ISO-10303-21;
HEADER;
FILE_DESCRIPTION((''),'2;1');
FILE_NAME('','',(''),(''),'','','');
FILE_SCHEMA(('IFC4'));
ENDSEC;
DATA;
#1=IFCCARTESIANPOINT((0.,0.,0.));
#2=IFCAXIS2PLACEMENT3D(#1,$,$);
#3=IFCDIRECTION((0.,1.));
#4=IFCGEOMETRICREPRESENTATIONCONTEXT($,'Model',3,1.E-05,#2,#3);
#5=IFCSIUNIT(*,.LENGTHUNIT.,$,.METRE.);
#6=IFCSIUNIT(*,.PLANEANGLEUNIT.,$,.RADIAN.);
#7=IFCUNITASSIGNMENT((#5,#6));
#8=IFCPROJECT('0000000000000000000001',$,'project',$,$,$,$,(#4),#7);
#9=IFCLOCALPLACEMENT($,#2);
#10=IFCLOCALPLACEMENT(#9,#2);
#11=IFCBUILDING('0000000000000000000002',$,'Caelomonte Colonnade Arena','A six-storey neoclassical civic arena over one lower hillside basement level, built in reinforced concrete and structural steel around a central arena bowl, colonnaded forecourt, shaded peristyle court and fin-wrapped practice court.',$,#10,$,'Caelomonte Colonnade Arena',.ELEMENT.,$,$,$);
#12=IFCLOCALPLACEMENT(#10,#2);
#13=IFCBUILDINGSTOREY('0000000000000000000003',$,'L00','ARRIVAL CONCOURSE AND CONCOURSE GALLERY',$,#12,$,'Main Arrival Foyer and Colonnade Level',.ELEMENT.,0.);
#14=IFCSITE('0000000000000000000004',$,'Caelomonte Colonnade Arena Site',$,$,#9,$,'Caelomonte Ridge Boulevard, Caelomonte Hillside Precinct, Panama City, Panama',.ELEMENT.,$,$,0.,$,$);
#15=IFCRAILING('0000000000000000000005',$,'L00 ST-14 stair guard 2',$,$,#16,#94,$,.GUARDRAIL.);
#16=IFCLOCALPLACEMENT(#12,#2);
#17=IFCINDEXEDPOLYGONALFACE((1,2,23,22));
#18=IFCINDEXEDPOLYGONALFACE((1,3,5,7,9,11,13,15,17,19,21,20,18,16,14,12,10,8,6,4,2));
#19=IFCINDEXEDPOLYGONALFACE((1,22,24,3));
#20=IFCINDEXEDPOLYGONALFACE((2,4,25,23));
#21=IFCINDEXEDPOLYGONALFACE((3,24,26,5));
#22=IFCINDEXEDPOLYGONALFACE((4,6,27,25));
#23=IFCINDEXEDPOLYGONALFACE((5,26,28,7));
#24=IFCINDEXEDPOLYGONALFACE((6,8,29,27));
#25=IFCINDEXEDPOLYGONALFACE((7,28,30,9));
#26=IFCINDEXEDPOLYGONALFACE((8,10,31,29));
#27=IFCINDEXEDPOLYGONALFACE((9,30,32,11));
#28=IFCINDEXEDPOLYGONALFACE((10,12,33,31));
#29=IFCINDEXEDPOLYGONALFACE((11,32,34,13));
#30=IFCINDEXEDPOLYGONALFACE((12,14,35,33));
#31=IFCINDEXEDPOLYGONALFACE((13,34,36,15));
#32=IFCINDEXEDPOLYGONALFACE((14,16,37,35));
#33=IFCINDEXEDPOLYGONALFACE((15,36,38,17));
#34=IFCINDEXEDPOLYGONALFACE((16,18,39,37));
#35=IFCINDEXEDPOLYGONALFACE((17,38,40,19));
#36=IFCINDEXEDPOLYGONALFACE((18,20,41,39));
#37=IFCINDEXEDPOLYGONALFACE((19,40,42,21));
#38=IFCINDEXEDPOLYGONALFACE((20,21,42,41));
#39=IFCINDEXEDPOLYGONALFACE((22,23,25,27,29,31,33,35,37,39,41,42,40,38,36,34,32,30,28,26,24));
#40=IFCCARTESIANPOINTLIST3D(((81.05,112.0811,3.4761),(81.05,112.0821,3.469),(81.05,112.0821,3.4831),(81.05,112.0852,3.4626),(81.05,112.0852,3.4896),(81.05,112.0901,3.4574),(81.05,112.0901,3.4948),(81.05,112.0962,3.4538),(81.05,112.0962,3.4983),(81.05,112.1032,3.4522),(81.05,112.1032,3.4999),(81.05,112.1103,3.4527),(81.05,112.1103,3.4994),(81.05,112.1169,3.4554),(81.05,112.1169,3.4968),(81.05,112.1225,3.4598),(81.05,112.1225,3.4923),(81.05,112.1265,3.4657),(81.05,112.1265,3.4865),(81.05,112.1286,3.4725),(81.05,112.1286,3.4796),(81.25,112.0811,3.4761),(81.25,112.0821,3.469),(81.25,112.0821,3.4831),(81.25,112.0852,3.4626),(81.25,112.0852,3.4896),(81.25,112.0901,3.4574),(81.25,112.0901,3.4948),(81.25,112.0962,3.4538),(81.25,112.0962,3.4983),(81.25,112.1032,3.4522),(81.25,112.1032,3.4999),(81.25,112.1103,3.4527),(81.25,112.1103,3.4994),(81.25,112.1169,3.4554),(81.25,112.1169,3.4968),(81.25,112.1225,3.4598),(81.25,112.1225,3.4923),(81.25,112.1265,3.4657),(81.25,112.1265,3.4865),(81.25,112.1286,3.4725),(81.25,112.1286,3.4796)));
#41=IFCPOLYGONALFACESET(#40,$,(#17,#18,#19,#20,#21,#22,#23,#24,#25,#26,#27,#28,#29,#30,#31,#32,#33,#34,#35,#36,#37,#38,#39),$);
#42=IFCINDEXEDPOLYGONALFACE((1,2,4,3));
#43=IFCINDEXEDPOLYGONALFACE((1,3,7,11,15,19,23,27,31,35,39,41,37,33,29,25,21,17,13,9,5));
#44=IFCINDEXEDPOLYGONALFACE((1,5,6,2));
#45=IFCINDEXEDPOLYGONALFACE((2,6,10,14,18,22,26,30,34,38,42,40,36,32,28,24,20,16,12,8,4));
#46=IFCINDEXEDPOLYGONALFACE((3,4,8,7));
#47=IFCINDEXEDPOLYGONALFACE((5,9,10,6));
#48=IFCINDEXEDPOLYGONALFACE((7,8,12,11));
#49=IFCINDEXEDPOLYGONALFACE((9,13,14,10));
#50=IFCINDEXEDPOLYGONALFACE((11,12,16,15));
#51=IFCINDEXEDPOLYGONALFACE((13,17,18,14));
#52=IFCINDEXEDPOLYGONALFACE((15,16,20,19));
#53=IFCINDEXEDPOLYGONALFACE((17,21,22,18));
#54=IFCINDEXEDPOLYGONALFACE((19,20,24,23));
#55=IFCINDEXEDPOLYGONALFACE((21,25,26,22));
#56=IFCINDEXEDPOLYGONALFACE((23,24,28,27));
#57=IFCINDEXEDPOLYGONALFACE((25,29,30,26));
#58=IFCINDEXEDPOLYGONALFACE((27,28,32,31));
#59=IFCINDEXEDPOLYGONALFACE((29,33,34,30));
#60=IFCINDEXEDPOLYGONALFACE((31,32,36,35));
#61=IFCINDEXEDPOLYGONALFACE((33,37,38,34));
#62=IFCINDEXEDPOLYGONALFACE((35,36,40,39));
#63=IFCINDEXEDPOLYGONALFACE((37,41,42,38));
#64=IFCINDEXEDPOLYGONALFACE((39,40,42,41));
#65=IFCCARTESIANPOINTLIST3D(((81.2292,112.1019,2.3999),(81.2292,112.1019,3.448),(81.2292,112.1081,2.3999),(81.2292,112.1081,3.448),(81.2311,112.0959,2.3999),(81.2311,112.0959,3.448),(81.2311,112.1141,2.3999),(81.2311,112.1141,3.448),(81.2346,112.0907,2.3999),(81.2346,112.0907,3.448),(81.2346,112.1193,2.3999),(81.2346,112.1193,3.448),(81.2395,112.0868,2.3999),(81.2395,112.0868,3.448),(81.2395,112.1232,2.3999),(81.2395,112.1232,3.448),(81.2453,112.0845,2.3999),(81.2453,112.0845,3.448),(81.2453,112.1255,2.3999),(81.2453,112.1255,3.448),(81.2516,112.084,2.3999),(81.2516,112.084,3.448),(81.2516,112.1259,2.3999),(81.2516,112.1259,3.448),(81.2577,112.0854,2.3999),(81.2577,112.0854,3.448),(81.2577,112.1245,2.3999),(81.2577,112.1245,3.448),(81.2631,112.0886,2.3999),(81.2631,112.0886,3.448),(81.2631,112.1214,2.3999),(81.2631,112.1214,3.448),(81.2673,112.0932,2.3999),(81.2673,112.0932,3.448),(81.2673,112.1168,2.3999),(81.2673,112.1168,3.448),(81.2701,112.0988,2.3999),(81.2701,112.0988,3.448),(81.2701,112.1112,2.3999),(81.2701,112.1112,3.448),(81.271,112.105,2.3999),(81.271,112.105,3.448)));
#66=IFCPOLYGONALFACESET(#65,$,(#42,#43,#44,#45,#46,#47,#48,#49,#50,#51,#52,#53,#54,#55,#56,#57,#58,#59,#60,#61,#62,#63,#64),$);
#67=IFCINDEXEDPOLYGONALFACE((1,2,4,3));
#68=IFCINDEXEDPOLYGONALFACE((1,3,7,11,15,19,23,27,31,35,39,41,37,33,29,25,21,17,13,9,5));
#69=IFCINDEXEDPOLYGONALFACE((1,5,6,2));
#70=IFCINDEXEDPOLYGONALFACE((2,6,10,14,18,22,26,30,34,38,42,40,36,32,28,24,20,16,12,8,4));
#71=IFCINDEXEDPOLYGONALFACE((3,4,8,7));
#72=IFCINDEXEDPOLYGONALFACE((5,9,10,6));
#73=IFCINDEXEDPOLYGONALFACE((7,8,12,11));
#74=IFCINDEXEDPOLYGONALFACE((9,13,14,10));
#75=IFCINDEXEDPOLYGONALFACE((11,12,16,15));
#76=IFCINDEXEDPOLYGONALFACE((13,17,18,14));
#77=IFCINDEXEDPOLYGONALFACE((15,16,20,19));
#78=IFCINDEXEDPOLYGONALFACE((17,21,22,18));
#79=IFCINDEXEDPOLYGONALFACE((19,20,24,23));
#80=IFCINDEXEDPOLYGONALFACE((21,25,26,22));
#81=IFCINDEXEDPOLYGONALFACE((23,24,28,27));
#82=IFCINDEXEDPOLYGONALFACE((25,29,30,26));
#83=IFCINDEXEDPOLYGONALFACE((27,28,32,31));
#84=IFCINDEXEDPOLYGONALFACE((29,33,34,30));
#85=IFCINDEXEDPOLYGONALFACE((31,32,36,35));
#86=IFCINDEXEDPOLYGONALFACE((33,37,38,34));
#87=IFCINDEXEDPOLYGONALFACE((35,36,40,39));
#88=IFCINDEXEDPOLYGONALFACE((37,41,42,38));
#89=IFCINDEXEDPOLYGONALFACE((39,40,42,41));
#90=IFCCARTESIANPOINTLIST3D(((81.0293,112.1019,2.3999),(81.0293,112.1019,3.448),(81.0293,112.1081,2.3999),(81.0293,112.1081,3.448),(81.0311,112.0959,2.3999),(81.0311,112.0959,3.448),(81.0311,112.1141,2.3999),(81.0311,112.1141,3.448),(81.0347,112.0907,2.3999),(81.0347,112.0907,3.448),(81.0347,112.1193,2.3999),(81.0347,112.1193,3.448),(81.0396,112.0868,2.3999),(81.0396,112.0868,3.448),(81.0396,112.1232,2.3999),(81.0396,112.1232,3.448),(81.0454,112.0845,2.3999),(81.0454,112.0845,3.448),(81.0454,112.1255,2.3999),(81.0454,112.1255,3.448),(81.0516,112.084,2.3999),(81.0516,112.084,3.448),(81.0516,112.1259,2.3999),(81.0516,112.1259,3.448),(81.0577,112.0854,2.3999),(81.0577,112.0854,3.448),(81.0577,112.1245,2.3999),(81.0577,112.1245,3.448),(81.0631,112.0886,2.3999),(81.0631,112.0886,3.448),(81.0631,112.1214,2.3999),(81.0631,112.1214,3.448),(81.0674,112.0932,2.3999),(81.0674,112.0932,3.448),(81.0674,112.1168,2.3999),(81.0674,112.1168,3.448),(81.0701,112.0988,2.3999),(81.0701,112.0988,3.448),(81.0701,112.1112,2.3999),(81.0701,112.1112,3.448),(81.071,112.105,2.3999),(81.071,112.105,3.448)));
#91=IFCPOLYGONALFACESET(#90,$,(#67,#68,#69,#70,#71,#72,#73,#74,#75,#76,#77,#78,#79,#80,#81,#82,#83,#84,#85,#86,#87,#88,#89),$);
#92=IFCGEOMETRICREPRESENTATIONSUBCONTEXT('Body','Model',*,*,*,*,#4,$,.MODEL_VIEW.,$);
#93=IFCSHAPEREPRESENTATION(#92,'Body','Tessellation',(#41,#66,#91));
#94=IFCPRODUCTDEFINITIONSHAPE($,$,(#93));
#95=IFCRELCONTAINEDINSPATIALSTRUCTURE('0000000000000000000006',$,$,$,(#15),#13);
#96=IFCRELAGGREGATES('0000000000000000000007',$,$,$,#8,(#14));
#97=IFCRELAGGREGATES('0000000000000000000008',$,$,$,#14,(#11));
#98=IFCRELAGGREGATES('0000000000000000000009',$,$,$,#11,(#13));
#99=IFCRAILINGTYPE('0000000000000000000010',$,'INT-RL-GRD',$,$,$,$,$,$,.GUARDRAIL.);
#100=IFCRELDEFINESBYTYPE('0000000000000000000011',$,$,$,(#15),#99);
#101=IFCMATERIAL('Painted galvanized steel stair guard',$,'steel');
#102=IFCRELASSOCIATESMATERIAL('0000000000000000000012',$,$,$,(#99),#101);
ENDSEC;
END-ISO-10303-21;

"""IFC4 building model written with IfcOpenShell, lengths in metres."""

from ifc_helpers import new_model, si_unit, direction, frame, origin, origin_2d, place, context, subcontext, project, spatial, circle, extrude, material, type_object, element, save


model = new_model("IFC4")

# Units and contexts
model_context = context("Model", 3, precision=1e-05, world=origin(), true_north=direction((0.0, 1.0)))
body_context = subcontext(model_context, "Body", "Model", "MODEL_VIEW")
ifc_project = project(units=[si_unit("LENGTHUNIT", "METRE"), si_unit("PLANEANGLEUNIT", "RADIAN")], contexts=[model_context])

# Site, building, storey
site_placement = place(None, origin())
site = spatial("IfcSite", under=ifc_project, at=site_placement, Name="Caelomonte Colonnade Arena Site", LongName="Caelomonte Ridge Boulevard, Caelomonte Hillside Precinct, Panama City, Panama", CompositionType="ELEMENT", RefElevation=0.0)
building_placement = place(site_placement, origin())
building = spatial("IfcBuilding", under=site, at=building_placement, Name="Caelomonte Colonnade Arena", Description="A six-storey neoclassical civic arena over one lower hillside basement level, built in reinforced concrete and structural steel around a central arena bowl, colonnaded forecourt, shaded peristyle court and fin-wrapped practice court.", LongName="Caelomonte Colonnade Arena", CompositionType="ELEMENT")
storey_placement = place(building_placement, origin())
storey = spatial("IfcBuildingStorey", under=building, at=storey_placement, Name="L00", Description="ARRIVAL CONCOURSE AND CONCOURSE GALLERY", LongName="Main Arrival Foyer and Colonnade Level", CompositionType="ELEMENT", Elevation=0.0)

# Railing
ifc_material_1 = material(Name="Painted galvanized steel stair guard", Category="steel")
railing_type_1 = type_object("IfcRailingType", Name="INT-RL-GRD", PredefinedType="GUARDRAIL", material=ifc_material_1)
railing_1_placement = place(storey_placement, frame((81.25, 112.105, 2.3999)))
element("IfcRailing", 1, at=railing_1_placement, inside=storey, type_object=railing_type_1, Name="L00 ST-14 stair guard 2", PredefinedType="GUARDRAIL", context=body_context, shape_type="SweptSolid", body=[
    extrude(circle(Radius=0.0239, at=origin_2d()), frame((0.0, 0.0, 1.0762), z_axis=(-1.0, 0.0, 0.0), x_axis=(0.0, -1.0, 0.0)), (0.0, 0.0, 1.0), 0.2),
    extrude(circle(Radius=0.021, at=origin_2d()), origin(), (0.0, 0.0, 1.0), 1.0481),
    extrude(circle(Radius=0.021, at=origin_2d()), frame((-0.2, 0.0, 0.0)), (0.0, 0.0, 1.0), 1.0481),
])

save(model, "model.ifc")
